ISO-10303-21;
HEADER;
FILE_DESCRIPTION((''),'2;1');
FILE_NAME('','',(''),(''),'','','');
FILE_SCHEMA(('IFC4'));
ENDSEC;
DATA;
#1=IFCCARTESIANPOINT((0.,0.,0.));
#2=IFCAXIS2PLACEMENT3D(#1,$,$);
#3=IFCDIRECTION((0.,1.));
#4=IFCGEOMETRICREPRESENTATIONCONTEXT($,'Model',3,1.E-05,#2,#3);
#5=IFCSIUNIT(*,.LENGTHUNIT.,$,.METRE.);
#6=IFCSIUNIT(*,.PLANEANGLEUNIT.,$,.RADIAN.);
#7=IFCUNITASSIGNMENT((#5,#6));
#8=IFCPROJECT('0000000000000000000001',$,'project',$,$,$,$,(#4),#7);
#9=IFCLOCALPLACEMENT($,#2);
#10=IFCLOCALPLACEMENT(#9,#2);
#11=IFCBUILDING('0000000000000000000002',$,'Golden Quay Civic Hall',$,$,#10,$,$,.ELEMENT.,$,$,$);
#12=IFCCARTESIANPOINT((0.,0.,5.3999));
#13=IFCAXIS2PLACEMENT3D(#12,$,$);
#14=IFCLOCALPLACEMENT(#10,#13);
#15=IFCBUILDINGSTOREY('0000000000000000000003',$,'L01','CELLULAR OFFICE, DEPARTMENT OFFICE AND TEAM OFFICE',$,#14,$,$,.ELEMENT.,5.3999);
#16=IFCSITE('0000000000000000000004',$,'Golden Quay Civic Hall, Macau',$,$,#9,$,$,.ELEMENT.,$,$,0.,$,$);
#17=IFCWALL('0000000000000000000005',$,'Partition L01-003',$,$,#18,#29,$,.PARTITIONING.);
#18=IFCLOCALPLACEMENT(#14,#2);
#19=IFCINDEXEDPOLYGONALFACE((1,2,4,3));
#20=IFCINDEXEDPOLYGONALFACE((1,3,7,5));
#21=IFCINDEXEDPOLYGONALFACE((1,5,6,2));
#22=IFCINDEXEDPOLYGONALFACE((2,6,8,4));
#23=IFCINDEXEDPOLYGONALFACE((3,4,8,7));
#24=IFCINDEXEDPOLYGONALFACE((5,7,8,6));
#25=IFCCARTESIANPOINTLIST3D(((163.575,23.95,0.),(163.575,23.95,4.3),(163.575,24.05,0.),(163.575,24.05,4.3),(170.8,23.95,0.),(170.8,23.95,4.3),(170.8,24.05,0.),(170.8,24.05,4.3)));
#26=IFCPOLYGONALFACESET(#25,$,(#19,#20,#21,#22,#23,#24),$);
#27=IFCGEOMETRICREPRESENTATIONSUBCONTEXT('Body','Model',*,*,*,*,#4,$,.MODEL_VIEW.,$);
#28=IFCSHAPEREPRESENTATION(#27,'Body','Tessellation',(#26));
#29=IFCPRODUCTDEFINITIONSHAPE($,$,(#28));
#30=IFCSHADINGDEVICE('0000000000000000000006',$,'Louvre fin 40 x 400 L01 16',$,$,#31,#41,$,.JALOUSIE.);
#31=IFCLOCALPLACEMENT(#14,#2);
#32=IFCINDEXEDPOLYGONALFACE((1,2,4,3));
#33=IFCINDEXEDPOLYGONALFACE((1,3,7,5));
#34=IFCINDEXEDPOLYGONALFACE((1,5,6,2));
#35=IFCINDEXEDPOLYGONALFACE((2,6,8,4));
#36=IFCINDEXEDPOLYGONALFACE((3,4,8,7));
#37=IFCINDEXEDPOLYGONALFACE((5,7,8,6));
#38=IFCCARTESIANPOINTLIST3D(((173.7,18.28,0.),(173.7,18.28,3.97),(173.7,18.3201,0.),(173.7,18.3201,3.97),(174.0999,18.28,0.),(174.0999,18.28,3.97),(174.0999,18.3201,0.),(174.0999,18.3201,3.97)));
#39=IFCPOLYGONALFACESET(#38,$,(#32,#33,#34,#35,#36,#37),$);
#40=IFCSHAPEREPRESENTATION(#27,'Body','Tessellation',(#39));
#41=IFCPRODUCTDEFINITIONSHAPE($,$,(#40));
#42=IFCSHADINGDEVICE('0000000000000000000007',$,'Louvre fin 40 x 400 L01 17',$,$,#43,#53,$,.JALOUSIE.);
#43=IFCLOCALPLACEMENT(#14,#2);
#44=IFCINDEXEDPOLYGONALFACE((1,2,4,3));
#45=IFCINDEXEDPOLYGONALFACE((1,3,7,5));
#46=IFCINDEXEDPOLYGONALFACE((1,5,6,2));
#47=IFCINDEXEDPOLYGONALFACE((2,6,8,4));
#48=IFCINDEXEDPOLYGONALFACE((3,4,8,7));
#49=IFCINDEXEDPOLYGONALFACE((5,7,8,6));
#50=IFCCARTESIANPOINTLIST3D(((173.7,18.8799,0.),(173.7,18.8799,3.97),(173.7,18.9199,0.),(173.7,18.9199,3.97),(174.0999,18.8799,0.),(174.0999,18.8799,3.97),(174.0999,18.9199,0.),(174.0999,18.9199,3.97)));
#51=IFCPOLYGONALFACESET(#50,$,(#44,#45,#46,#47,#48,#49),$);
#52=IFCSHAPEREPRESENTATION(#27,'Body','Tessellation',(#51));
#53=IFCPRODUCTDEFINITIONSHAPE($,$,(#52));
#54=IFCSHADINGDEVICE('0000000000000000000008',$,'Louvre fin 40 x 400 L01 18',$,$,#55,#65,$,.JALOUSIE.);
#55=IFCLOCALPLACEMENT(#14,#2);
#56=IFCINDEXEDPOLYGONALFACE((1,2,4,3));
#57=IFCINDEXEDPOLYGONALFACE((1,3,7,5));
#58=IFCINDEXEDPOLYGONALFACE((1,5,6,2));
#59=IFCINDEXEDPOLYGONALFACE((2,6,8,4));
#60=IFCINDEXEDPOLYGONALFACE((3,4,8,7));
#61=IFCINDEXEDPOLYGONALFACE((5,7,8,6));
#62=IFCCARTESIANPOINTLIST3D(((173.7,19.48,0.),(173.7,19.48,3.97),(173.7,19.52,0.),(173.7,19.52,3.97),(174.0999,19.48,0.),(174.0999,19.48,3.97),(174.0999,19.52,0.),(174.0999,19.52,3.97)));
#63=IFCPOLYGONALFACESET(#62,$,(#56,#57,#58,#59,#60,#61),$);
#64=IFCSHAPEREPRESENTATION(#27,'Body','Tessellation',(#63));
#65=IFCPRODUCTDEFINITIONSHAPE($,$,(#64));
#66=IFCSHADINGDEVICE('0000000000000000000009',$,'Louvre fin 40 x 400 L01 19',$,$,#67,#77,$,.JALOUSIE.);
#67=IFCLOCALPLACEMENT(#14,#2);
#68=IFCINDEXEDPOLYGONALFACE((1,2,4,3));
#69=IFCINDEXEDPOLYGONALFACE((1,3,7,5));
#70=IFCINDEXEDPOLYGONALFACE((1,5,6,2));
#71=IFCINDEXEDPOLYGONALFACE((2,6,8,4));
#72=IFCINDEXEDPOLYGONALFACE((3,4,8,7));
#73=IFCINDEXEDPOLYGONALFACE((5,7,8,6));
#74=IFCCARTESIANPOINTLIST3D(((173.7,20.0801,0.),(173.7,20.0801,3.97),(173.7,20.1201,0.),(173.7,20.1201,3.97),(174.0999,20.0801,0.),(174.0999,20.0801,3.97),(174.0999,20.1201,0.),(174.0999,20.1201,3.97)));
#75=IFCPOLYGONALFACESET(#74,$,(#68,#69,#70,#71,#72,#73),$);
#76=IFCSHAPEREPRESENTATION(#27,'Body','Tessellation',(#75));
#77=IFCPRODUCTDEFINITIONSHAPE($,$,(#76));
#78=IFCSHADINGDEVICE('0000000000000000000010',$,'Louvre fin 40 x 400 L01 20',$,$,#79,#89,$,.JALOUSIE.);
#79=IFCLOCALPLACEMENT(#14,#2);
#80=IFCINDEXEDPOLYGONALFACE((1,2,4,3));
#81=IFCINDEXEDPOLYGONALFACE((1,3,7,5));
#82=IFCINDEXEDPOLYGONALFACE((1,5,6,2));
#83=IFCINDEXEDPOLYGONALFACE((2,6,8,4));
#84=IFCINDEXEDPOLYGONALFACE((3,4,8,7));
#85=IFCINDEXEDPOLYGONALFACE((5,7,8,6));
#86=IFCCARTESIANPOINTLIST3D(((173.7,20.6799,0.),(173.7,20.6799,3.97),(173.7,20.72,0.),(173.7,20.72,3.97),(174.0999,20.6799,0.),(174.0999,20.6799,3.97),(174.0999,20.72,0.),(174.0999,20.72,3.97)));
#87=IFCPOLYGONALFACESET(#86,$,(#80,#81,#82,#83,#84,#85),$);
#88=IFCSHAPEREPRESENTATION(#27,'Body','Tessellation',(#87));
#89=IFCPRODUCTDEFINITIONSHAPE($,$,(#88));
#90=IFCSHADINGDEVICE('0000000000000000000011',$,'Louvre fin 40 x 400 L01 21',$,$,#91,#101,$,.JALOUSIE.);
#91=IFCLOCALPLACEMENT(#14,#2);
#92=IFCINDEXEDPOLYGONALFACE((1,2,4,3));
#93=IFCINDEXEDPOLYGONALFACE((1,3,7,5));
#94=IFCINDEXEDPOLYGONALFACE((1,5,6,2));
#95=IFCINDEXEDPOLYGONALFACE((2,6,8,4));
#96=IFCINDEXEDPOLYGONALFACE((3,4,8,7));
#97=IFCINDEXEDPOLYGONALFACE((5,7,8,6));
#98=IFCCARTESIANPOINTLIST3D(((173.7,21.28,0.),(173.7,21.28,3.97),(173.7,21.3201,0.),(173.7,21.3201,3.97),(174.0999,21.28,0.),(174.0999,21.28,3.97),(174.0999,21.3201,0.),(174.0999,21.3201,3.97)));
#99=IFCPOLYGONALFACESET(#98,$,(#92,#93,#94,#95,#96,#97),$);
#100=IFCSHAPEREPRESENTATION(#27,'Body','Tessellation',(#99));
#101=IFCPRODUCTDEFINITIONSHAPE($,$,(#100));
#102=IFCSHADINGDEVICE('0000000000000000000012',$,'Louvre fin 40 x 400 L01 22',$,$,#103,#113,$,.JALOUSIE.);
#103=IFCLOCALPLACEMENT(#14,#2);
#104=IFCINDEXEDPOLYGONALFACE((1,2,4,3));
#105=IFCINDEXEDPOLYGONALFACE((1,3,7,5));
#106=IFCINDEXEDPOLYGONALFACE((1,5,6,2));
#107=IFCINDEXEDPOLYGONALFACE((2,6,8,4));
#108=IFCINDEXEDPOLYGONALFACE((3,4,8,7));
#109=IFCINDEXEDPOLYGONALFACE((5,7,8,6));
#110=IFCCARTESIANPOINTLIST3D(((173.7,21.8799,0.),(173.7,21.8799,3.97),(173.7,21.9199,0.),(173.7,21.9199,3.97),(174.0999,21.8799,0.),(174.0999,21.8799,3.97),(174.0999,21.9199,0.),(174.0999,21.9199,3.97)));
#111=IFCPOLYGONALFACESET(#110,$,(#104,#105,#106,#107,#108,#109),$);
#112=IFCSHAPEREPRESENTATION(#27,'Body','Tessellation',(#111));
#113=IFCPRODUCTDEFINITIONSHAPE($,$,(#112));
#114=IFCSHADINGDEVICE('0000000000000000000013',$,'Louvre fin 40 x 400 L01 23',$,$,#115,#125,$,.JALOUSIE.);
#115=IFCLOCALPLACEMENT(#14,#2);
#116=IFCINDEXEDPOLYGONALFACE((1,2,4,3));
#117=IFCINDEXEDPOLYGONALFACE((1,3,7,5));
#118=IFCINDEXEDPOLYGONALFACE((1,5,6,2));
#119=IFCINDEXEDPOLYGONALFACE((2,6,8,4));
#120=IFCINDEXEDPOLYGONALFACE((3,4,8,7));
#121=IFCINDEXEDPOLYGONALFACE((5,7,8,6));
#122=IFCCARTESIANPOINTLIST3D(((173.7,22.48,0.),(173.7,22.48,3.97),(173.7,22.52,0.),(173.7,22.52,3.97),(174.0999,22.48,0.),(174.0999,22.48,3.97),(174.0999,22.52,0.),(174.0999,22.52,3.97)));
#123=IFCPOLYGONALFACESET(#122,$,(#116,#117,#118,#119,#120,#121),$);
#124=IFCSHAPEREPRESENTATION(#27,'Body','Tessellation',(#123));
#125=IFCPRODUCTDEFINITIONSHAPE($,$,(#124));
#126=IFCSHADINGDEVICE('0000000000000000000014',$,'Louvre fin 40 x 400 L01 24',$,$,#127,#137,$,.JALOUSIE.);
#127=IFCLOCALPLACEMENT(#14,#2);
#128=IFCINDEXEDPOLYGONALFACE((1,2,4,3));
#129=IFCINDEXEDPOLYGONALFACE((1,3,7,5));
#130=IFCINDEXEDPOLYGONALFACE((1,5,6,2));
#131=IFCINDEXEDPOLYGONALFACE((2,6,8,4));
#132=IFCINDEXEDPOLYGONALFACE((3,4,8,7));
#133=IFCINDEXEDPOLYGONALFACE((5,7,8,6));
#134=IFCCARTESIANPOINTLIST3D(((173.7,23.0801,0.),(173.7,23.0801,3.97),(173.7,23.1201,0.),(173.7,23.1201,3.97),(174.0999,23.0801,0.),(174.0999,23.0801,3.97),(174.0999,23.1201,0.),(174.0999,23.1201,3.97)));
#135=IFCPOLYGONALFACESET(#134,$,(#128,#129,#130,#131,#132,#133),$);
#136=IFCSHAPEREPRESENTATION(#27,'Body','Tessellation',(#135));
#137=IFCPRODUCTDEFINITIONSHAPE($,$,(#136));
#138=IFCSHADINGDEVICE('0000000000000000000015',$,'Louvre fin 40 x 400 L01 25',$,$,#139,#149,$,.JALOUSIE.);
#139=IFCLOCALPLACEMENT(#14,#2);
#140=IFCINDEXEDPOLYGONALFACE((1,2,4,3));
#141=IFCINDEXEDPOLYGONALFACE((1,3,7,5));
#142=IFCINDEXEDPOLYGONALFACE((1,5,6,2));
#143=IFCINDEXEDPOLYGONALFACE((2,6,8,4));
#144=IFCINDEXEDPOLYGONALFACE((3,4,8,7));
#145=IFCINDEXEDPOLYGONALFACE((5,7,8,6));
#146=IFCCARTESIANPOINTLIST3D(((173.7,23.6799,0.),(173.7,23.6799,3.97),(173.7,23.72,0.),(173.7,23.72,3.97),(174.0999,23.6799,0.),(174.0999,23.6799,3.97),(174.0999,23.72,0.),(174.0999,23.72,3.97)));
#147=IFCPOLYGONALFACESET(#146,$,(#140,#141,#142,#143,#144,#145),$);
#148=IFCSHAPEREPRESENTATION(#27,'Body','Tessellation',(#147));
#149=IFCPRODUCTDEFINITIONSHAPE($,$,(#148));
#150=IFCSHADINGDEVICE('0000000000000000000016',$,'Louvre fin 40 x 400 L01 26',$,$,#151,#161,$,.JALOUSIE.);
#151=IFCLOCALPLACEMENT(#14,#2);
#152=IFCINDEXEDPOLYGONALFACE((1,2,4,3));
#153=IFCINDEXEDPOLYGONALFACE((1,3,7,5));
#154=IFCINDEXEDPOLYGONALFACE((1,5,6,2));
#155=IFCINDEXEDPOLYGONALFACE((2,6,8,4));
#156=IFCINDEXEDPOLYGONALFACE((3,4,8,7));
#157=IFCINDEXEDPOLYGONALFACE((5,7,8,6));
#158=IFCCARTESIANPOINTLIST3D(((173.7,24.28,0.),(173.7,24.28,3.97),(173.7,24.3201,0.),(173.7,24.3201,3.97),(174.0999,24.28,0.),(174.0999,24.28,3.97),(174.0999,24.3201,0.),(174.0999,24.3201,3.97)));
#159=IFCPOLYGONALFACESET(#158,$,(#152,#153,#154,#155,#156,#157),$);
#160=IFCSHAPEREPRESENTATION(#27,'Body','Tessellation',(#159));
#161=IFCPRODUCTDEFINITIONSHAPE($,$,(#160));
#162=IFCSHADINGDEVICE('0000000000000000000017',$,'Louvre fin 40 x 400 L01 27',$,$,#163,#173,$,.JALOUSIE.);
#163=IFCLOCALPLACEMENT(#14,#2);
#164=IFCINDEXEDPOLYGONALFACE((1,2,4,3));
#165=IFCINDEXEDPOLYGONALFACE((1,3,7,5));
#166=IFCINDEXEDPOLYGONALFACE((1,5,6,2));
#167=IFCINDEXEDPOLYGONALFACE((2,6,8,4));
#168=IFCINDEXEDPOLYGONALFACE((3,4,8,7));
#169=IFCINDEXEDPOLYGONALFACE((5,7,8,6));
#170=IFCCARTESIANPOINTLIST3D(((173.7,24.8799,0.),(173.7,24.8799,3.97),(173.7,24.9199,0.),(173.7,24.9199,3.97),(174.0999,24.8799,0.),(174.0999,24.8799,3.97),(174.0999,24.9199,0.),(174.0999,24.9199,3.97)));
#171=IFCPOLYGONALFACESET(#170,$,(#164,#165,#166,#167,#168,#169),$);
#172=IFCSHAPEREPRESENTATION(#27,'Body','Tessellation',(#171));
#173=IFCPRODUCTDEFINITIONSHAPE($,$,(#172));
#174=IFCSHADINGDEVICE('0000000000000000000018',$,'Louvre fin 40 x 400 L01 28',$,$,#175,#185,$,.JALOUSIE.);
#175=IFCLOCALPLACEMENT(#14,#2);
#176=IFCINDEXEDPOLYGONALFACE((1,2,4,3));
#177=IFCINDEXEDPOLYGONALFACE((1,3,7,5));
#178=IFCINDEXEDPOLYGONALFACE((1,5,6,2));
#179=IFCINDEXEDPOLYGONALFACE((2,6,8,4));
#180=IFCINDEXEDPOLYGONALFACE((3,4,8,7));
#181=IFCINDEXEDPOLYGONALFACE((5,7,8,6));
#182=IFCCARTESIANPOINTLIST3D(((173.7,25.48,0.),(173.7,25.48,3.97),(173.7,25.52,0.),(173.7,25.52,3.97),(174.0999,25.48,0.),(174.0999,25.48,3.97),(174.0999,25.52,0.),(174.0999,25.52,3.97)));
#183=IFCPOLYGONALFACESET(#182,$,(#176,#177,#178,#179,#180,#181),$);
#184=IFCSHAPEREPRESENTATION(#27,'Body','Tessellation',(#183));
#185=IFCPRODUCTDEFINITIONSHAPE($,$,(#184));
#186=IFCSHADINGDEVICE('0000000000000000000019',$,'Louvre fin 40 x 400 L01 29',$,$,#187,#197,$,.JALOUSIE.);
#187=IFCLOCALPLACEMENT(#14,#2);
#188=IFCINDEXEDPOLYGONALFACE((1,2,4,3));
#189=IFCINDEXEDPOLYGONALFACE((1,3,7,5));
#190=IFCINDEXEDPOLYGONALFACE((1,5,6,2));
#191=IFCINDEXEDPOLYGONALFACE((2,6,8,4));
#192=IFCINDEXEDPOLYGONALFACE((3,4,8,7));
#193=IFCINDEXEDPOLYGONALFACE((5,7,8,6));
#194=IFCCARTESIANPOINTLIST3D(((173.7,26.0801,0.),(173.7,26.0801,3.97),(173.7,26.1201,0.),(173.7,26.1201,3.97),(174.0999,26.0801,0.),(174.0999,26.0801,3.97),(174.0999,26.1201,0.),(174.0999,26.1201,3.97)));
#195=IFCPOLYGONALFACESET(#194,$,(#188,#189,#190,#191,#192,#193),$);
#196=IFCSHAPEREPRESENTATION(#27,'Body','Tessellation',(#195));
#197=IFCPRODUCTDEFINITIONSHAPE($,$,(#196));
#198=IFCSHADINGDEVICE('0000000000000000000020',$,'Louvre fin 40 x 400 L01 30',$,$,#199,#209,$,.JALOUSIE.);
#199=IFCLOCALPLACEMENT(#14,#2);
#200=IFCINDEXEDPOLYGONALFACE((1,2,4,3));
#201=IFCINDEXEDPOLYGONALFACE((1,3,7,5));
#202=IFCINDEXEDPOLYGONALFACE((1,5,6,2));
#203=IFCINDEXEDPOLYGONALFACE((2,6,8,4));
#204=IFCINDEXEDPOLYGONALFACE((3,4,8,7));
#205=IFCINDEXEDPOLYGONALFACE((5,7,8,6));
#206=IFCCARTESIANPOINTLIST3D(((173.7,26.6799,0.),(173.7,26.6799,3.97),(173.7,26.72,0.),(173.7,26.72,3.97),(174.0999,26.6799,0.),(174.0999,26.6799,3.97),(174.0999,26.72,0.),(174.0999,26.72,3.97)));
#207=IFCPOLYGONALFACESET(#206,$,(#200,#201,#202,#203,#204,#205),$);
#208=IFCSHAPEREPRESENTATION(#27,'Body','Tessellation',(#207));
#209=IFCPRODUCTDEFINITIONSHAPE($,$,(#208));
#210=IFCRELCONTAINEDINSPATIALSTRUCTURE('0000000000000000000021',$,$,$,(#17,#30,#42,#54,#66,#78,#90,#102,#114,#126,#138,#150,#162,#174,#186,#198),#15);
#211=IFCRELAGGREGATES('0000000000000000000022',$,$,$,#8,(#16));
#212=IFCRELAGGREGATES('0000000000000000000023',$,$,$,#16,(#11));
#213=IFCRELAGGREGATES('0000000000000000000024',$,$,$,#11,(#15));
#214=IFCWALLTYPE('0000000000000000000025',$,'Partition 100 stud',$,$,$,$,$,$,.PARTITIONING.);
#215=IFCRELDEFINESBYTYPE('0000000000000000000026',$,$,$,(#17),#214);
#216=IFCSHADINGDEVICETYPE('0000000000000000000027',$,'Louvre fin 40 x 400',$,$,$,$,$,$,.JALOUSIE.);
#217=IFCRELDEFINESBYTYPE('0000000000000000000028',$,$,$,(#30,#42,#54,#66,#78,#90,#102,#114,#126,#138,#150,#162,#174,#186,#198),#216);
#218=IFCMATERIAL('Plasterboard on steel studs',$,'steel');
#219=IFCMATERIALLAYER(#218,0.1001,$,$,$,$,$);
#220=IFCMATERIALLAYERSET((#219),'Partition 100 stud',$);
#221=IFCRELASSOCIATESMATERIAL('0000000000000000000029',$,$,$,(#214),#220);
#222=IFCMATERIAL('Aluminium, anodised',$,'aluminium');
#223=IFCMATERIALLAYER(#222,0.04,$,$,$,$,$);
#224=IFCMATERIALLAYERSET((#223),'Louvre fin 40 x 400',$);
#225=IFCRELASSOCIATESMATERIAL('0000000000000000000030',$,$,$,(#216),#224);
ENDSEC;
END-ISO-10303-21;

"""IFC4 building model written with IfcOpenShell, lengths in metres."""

from ifc_helpers import new_model, si_unit, direction, frame, frame_2d, origin, origin_2d, place, context, subcontext, project, spatial, rectangle, extrude, material, layer, layer_set, type_object, element, save


model = new_model("IFC4")

# Units and contexts
model_context = context("Model", 3, precision=1e-05, world=origin(), true_north=direction((0.0, 1.0)))
body_context = subcontext(model_context, "Body", "Model", "MODEL_VIEW")
ifc_project = project(units=[si_unit("LENGTHUNIT", "METRE"), si_unit("PLANEANGLEUNIT", "RADIAN")], contexts=[model_context])

# Site, building, storey
site_placement = place(None, origin())
site = spatial("IfcSite", under=ifc_project, at=site_placement, Name="Golden Quay Civic Hall, Macau", CompositionType="ELEMENT", RefElevation=0.0)
building_placement = place(site_placement, origin())
building = spatial("IfcBuilding", under=site, at=building_placement, Name="Golden Quay Civic Hall", CompositionType="ELEMENT")
storey_placement = place(building_placement, frame((0.0, 0.0, 5.3999)))
storey = spatial("IfcBuildingStorey", under=building, at=storey_placement, Name="L01", Description="CELLULAR OFFICE, DEPARTMENT OFFICE AND TEAM OFFICE", CompositionType="ELEMENT", Elevation=5.3999)

# Wall
ifc_material_1 = material(Name="Plasterboard on steel studs", Category="steel")
ifc_layer_1 = layer(ifc_material_1, 0.1001)
ifc_layer_set_1 = layer_set([ifc_layer_1], Name="Partition 100 stud")
wall_type_1 = type_object("IfcWallType", Name="Partition 100 stud", PredefinedType="PARTITIONING", material=ifc_layer_set_1)
wall_1_placement = place(storey_placement, frame((163.575, 24.0, 0.0), z_axis=(0.0, 0.0, 1.0), x_axis=(1.0, 0.0, 0.0)))
element("IfcWall", 1, at=wall_1_placement, inside=storey, type_object=wall_type_1, Name="Partition L01-003", PredefinedType="PARTITIONING", context=body_context, shape_type="SweptSolid", body=[
    extrude(rectangle(XDim=7.2251, YDim=0.1001, at=frame_2d((3.6125, 0.0))), origin(), (0.0, 0.0, 1.0), 4.3),
])

# Shading devices
ifc_material_2 = material(Name="Aluminium, anodised", Category="aluminium")
ifc_layer_2 = layer(ifc_material_2, 0.04)
ifc_layer_set_2 = layer_set([ifc_layer_2], Name="Louvre fin 40 x 400")
shading_device_type = type_object("IfcShadingDeviceType", Name="Louvre fin 40 x 400", PredefinedType="JALOUSIE", material=ifc_layer_set_2)
for number, where, z_axis, x_axis, name in (
    (2, (173.8999, 18.3, 0.0), (0.0, 0.0, 1.0), (0.0, 1.0, 0.0), "Louvre fin 40 x 400 L01 16"),
    (3, (173.8999, 18.8999, 0.0), (0.0, 0.0, 1.0), (0.0, 1.0, 0.0), "Louvre fin 40 x 400 L01 17"),
    (4, (173.8999, 19.5, 0.0), (0.0, 0.0, 1.0), (0.0, 1.0, 0.0), "Louvre fin 40 x 400 L01 18"),
    (5, (173.8999, 20.1001, 0.0), (0.0, 0.0, 1.0), (0.0, 1.0, 0.0), "Louvre fin 40 x 400 L01 19"),
    (6, (173.8999, 20.7, 0.0), (0.0, 0.0, 1.0), (0.0, 1.0, 0.0), "Louvre fin 40 x 400 L01 20"),
    (7, (173.8999, 21.3, 0.0), (0.0, 0.0, 1.0), (0.0, 1.0, 0.0), "Louvre fin 40 x 400 L01 21"),
    (8, (173.8999, 21.8999, 0.0), (0.0, 0.0, 1.0), (0.0, 1.0, 0.0), "Louvre fin 40 x 400 L01 22"),
    (9, (173.8999, 22.5, 0.0), (0.0, 0.0, 1.0), (0.0, 1.0, 0.0), "Louvre fin 40 x 400 L01 23"),
    (10, (173.8999, 23.1001, 0.0), (0.0, 0.0, 1.0), (0.0, 1.0, 0.0), "Louvre fin 40 x 400 L01 24"),
    (11, (173.8999, 23.7, 0.0), (0.0, 0.0, 1.0), (0.0, 1.0, 0.0), "Louvre fin 40 x 400 L01 25"),
    (12, (173.8999, 24.3, 0.0), (0.0, 0.0, 1.0), (0.0, 1.0, 0.0), "Louvre fin 40 x 400 L01 26"),
    (13, (173.8999, 24.8999, 0.0), (0.0, 0.0, 1.0), (0.0, 1.0, 0.0), "Louvre fin 40 x 400 L01 27"),
    (14, (173.8999, 25.5, 0.0), (0.0, 0.0, 1.0), (0.0, 1.0, 0.0), "Louvre fin 40 x 400 L01 28"),
    (15, (173.8999, 26.1001, 0.0), (0.0, 0.0, 1.0), (0.0, 1.0, 0.0), "Louvre fin 40 x 400 L01 29"),
    (16, (173.8999, 26.7, 0.0), (0.0, 0.0, 1.0), (0.0, 1.0, 0.0), "Louvre fin 40 x 400 L01 30"),
):
    element("IfcShadingDevice", number, at=place(storey_placement, frame(where, z_axis=z_axis, x_axis=x_axis)), inside=storey, type_object=shading_device_type, Name=name, PredefinedType="JALOUSIE", context=body_context, shape_type="SweptSolid", body=[
        extrude(rectangle(XDim=0.04, YDim=0.3999, at=origin_2d()), origin(), (0.0, 0.0, 1.0), 3.97),
    ])

save(model, "model.ifc")
